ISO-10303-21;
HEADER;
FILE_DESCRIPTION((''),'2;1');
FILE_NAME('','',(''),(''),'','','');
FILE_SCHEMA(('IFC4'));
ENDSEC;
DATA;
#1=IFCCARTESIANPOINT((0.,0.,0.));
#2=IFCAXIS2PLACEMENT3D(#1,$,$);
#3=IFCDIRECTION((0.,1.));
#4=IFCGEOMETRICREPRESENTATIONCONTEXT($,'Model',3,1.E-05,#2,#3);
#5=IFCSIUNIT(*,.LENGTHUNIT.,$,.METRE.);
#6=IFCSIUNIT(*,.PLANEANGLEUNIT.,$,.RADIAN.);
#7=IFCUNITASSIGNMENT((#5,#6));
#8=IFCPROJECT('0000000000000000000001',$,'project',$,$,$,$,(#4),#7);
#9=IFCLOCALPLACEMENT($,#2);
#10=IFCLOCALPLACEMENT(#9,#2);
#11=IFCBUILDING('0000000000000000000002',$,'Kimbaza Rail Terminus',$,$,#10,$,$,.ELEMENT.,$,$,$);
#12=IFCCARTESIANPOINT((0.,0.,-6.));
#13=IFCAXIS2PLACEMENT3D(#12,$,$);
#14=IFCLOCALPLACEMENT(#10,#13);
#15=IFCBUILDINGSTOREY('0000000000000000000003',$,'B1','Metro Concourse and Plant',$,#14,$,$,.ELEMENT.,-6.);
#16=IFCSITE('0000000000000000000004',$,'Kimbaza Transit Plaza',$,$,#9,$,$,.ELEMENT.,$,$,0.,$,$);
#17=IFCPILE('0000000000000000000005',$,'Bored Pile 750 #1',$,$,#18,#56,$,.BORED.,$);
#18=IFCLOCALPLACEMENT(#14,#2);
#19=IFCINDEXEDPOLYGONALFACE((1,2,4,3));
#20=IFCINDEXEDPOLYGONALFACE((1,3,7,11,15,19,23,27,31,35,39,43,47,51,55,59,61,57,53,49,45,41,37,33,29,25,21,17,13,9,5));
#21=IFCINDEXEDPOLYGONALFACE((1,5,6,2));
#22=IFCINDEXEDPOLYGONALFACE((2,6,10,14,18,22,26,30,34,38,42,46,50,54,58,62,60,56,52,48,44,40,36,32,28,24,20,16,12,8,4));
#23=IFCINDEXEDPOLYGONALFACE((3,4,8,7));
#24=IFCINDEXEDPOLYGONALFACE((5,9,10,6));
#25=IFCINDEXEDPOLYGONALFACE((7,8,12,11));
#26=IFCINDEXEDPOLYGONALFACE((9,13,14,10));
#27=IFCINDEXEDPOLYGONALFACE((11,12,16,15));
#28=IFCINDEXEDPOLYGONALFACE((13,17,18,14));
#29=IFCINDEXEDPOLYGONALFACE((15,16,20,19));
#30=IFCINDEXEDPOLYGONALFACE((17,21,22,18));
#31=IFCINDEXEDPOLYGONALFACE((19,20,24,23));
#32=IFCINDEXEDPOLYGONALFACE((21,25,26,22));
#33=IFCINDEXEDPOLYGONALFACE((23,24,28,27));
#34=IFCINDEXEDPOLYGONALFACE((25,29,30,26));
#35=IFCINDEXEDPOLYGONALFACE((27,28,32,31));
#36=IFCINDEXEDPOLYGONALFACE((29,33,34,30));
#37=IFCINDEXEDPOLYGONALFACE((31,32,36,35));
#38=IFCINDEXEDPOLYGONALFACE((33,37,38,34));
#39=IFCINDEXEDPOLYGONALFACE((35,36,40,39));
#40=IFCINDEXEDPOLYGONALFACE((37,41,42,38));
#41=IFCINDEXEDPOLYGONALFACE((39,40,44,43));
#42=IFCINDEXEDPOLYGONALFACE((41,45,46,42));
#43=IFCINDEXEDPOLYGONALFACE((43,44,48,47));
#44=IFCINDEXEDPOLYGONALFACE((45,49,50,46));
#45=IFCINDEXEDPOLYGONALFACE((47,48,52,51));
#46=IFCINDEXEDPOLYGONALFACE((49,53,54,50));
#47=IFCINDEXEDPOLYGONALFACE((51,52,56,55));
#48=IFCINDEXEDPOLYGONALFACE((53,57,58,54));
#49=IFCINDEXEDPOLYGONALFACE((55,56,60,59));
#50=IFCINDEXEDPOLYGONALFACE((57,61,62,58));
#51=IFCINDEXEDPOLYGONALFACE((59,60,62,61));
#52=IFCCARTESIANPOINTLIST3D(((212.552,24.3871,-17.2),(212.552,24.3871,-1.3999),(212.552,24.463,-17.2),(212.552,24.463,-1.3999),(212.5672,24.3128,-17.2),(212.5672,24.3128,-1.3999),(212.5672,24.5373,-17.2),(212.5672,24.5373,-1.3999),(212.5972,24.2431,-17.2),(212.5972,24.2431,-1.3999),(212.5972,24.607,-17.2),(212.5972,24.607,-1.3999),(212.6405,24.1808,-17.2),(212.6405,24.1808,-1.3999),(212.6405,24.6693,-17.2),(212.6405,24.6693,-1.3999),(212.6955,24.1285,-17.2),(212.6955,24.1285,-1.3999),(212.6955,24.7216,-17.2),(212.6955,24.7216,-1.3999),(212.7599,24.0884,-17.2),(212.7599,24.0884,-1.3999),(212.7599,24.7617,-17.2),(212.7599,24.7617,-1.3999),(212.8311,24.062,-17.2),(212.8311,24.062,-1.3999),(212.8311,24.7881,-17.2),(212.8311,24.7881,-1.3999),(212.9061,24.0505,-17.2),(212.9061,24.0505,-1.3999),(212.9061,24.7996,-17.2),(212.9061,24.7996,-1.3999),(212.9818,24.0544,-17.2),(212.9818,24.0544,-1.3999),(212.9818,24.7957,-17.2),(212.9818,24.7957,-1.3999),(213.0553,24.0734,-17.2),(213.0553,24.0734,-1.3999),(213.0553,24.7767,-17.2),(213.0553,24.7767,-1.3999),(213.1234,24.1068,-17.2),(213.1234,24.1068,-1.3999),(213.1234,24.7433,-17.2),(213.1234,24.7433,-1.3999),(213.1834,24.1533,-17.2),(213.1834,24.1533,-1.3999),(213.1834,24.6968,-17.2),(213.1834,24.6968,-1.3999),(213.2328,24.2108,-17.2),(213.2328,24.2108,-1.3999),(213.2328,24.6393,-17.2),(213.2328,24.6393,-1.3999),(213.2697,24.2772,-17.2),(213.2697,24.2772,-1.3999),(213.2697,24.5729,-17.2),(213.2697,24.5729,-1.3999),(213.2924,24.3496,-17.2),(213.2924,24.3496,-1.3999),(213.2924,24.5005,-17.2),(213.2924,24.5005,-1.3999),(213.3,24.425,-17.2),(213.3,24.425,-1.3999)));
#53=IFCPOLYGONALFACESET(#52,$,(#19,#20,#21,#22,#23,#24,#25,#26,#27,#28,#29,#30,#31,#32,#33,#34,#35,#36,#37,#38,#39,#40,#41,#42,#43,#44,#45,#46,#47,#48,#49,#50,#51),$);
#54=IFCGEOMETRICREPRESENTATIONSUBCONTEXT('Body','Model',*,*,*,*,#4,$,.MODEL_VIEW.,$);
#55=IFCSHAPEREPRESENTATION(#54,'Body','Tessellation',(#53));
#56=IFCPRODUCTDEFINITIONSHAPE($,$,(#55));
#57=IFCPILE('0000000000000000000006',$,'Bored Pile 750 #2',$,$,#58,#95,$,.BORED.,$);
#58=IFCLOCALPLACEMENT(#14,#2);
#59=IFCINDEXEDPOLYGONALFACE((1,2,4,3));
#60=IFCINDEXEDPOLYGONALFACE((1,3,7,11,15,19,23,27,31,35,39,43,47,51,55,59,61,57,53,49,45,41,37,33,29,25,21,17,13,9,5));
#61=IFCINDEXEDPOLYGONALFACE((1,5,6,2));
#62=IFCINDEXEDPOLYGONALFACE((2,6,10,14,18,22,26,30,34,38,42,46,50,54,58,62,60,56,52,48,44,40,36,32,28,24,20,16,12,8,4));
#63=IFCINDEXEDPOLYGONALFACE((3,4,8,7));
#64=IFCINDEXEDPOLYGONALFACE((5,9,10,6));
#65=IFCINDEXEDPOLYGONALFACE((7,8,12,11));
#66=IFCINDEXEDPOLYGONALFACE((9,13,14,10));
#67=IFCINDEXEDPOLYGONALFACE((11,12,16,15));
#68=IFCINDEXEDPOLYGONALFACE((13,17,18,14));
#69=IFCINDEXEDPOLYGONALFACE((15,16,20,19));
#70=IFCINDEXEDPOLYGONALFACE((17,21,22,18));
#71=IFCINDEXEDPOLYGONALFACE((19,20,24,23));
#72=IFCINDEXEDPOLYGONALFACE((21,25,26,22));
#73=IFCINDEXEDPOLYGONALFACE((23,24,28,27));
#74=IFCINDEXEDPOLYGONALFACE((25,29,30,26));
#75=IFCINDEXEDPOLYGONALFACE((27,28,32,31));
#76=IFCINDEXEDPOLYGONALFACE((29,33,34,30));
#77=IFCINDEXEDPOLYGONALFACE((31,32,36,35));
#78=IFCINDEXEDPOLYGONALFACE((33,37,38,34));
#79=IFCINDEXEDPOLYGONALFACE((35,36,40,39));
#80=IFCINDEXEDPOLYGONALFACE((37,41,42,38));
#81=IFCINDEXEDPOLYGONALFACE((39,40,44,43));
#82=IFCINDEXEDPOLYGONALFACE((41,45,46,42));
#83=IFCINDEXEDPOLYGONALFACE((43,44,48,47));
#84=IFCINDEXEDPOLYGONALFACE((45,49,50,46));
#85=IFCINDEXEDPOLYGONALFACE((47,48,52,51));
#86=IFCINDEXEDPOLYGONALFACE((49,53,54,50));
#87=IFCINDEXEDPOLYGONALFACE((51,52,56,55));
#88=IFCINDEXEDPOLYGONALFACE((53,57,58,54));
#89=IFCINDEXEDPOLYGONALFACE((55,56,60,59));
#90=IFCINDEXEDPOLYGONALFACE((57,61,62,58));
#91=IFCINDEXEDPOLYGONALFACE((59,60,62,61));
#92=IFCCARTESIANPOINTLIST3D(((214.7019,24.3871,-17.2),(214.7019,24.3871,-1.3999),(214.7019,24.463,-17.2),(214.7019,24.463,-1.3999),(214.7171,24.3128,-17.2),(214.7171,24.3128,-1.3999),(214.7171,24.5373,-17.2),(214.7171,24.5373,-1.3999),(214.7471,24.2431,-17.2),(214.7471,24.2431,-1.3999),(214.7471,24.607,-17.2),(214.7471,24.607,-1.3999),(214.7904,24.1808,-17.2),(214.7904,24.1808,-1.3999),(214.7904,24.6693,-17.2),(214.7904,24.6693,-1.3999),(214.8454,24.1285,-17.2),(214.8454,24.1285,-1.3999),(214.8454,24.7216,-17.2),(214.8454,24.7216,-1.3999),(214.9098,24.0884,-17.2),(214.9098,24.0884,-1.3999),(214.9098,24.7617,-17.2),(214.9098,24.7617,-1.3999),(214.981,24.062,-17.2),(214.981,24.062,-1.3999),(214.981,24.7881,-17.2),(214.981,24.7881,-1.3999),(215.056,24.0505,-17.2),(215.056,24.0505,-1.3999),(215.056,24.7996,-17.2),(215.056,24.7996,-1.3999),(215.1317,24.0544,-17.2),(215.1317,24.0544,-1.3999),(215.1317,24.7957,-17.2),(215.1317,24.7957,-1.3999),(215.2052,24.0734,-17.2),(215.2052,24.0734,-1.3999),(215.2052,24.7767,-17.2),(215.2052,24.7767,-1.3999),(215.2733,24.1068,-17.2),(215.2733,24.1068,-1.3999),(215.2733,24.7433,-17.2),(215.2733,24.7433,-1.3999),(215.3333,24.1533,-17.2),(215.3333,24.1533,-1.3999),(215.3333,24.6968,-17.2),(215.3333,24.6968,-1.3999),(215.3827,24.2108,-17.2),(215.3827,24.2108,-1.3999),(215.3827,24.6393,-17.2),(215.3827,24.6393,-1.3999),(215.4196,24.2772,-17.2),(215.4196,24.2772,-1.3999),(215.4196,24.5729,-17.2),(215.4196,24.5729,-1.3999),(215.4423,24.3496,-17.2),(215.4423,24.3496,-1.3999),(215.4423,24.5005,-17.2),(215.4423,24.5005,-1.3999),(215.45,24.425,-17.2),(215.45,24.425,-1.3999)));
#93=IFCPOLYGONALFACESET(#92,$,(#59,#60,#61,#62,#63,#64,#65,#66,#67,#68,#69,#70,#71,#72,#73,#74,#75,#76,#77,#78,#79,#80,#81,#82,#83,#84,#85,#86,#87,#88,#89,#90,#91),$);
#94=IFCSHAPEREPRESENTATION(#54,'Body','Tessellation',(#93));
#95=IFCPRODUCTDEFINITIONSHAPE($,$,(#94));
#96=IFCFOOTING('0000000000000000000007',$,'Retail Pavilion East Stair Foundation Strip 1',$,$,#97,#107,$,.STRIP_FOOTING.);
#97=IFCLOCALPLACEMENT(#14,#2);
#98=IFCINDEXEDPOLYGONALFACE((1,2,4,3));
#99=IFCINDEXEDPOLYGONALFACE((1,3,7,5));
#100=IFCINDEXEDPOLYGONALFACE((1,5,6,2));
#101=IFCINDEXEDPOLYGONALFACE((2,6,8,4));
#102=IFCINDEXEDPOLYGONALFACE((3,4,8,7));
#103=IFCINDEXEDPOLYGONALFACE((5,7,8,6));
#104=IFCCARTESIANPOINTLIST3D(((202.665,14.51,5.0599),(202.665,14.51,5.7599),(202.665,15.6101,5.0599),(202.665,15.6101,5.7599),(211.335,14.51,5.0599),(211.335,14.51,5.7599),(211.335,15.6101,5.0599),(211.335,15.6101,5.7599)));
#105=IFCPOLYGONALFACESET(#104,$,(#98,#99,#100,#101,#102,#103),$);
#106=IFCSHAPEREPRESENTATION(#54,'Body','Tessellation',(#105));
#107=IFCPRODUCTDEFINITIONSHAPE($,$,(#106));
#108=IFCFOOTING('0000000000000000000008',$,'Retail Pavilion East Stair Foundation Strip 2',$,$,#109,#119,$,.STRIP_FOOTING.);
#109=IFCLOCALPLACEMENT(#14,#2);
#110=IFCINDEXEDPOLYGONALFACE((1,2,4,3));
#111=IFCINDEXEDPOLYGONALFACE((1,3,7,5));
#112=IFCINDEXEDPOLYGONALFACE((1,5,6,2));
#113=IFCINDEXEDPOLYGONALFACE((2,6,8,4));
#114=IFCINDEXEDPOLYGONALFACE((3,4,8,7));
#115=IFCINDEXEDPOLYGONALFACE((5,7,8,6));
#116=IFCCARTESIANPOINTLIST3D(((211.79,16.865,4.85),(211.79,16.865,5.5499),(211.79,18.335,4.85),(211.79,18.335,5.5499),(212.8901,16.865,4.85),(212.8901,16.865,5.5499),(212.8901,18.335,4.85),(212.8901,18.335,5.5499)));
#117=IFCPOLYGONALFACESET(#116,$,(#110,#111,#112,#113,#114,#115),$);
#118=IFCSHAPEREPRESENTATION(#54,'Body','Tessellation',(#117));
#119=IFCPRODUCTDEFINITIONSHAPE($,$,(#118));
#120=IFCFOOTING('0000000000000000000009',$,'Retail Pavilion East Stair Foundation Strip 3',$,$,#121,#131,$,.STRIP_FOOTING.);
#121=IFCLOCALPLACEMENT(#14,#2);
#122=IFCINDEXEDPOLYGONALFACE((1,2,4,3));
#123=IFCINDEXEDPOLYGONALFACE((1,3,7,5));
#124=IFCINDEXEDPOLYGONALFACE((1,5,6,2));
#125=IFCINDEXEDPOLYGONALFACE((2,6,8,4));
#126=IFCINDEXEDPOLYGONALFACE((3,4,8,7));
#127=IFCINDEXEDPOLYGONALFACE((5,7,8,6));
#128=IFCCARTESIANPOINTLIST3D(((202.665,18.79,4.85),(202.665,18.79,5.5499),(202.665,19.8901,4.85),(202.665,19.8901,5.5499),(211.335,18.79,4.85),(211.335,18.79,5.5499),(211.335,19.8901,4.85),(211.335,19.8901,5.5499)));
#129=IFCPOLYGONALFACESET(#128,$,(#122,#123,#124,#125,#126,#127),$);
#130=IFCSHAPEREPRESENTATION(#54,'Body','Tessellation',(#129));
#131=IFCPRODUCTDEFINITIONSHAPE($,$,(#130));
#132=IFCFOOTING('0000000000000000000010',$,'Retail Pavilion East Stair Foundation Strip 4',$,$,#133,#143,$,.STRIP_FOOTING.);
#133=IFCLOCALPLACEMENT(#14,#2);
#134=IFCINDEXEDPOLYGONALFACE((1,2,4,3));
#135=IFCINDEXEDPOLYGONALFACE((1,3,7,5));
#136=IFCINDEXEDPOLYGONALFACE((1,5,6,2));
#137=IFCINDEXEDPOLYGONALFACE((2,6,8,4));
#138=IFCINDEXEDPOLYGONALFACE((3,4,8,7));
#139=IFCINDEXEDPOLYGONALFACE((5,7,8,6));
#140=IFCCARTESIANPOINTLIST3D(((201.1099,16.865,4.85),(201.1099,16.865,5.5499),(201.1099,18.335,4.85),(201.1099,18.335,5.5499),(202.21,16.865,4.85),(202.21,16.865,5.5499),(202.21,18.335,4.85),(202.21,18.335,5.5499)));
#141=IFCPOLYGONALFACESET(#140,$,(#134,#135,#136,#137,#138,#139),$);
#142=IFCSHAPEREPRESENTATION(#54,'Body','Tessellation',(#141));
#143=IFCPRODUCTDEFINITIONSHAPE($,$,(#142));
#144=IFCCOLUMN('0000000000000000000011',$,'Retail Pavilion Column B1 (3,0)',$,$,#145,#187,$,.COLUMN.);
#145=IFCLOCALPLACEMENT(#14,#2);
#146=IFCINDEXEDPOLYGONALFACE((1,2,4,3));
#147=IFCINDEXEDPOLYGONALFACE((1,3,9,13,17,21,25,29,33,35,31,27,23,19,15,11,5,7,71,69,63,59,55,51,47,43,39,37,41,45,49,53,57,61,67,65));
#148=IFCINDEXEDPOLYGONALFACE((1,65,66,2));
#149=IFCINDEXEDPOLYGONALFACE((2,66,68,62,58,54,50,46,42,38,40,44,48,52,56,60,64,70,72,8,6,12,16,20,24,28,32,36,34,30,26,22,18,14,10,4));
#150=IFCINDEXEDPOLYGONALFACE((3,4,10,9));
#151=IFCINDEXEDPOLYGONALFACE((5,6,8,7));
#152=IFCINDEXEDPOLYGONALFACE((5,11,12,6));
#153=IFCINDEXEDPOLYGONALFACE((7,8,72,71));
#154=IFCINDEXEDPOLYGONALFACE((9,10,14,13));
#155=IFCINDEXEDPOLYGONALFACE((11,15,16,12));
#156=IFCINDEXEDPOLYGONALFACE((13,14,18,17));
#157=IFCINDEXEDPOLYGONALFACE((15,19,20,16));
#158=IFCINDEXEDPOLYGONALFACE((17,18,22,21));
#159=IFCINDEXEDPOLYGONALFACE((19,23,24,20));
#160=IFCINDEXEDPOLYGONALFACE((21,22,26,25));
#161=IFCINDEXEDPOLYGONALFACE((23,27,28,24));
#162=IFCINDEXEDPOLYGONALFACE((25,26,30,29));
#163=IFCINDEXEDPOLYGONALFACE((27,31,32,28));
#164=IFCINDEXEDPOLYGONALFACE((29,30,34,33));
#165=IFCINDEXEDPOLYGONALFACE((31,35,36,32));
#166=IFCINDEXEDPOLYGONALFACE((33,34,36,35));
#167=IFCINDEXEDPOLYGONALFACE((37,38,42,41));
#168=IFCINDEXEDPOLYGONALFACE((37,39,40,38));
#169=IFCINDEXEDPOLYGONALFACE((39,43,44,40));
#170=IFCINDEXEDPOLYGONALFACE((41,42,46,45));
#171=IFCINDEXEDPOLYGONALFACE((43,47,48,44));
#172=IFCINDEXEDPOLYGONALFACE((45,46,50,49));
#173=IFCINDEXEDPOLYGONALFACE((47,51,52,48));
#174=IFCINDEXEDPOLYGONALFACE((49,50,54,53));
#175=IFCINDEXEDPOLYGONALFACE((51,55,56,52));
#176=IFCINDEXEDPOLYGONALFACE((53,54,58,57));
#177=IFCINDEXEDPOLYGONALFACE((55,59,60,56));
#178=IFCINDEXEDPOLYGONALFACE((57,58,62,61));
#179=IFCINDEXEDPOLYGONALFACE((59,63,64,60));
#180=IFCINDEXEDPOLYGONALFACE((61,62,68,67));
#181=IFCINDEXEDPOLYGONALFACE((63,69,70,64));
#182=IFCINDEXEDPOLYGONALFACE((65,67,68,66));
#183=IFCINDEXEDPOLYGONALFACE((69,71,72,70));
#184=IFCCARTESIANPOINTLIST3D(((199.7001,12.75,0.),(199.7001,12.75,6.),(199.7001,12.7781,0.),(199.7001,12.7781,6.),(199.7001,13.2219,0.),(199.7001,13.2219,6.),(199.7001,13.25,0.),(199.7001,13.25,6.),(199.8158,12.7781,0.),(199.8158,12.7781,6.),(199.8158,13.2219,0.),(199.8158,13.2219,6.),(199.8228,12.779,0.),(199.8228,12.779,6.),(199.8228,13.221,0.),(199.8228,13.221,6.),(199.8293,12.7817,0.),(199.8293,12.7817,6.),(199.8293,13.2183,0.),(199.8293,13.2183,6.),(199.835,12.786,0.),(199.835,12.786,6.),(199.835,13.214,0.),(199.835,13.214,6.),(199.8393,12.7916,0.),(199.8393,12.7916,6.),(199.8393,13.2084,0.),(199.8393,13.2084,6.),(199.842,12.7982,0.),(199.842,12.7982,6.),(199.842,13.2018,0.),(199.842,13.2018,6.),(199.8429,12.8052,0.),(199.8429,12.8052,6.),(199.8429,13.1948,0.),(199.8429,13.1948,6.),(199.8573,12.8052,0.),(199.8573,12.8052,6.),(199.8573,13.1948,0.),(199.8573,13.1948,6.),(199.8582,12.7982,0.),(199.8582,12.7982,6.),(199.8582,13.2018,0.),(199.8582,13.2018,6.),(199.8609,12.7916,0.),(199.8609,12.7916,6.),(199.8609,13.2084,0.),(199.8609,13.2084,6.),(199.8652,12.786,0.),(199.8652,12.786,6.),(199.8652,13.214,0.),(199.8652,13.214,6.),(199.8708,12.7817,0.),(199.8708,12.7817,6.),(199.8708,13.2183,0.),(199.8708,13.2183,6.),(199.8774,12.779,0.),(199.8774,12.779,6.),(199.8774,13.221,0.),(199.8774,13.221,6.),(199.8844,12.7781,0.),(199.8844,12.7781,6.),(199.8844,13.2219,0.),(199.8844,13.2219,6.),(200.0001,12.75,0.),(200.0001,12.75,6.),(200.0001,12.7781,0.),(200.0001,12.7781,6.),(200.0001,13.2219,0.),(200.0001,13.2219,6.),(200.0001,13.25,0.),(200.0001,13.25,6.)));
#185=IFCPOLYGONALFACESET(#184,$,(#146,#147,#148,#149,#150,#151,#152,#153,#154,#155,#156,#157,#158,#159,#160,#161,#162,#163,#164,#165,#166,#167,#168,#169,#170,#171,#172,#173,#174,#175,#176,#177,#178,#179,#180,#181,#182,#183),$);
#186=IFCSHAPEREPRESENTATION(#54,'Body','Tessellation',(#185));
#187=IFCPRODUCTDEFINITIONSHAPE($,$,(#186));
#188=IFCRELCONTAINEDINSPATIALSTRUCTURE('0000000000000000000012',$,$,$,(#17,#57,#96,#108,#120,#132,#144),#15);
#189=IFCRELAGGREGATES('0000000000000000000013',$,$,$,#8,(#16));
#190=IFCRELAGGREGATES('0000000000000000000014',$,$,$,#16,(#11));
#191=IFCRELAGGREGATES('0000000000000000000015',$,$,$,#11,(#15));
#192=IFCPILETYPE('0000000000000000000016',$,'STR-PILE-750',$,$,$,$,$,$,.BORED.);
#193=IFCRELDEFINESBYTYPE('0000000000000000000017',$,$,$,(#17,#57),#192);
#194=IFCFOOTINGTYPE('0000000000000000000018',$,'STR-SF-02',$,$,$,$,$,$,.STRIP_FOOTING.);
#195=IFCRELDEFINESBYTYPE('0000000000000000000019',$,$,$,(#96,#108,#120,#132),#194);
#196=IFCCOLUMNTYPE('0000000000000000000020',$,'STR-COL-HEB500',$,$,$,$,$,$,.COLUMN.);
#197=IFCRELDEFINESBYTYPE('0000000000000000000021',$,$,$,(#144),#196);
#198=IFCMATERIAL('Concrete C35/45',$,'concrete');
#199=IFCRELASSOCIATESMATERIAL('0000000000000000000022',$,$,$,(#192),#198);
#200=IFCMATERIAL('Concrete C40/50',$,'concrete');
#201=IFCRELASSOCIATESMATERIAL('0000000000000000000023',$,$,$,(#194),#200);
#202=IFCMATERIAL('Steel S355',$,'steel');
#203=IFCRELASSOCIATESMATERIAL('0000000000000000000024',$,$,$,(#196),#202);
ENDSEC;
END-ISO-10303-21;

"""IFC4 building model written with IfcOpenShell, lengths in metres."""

from ifc_helpers import new_model, si_unit, direction, frame, origin, origin_2d, place, context, subcontext, project, spatial, rectangle, circle, i_section, extrude, material, material_profile, profile_set, type_object, element, save


model = new_model("IFC4")

# Units and contexts
model_context = context("Model", 3, precision=1e-05, world=origin(), true_north=direction((0.0, 1.0)))
body_context = subcontext(model_context, "Body", "Model", "MODEL_VIEW")
ifc_project = project(units=[si_unit("LENGTHUNIT", "METRE"), si_unit("PLANEANGLEUNIT", "RADIAN")], contexts=[model_context])

# Site, building, storey
site_placement = place(None, origin())
site = spatial("IfcSite", under=ifc_project, at=site_placement, Name="Kimbaza Transit Plaza", CompositionType="ELEMENT", RefElevation=0.0)
building_placement = place(site_placement, origin())
building = spatial("IfcBuilding", under=site, at=building_placement, Name="Kimbaza Rail Terminus", CompositionType="ELEMENT")
storey_placement = place(building_placement, frame((0.0, 0.0, -6.0)))
storey = spatial("IfcBuildingStorey", under=building, at=storey_placement, Name="B1", Description="Metro Concourse and Plant", CompositionType="ELEMENT", Elevation=-6.0)

# Piles
ifc_material_1 = material(Name="Concrete C35/45", Category="concrete")
ifc_material_profile_1 = material_profile(ifc_material_1, circle(Radius=0.375, at=origin_2d()), Name="BORED PILE 750")
ifc_profile_set_1 = profile_set([ifc_material_profile_1], Name="Concrete C35/45")
pile_type = type_object("IfcPileType", Name="STR-PILE-750", PredefinedType="BORED", material=ifc_profile_set_1)
for number, where, z_axis, x_axis, name in (
    (1, (212.925, 24.425, -1.3999), (0.0, 0.0, -1.0), (1.0, 0.0, 0.0), "Bored Pile 750 #1"),
    (2, (215.075, 24.425, -1.3999), (0.0, 0.0, -1.0), (1.0, 0.0, 0.0), "Bored Pile 750 #2"),
):
    element("IfcPile", number, at=place(storey_placement, frame(where, z_axis=z_axis, x_axis=x_axis)), inside=storey, type_object=pile_type, Name=name, PredefinedType="BORED", context=body_context, shape_type="SweptSolid", body=[
        extrude(circle(Radius=0.375, at=origin_2d()), origin(), (0.0, 0.0, 1.0), 15.8),
    ])

# Footings
ifc_material_2 = material(Name="Concrete C40/50", Category="concrete")
ifc_material_profile_2 = material_profile(ifc_material_2, rectangle(XDim=1.1001, YDim=0.7, at=origin_2d()), Name="SF-02 1100x700")
ifc_profile_set_2 = profile_set([ifc_material_profile_2], Name="Concrete C40/50")
footing_type_1 = type_object("IfcFootingType", Name="STR-SF-02", PredefinedType="STRIP_FOOTING", material=ifc_profile_set_2)
footing_1_placement = place(storey_placement, frame((202.665, 15.0601, 5.4099), z_axis=(1.0, 0.0, 0.0), x_axis=(0.0, 1.0, 0.0)))
element("IfcFooting", 3, at=footing_1_placement, inside=storey, type_object=footing_type_1, Name="Retail Pavilion East Stair Foundation Strip 1", PredefinedType="STRIP_FOOTING", context=body_context, shape_type="SweptSolid", body=[
    extrude(rectangle(XDim=1.1001, YDim=0.7, at=origin_2d()), origin(), (0.0, 0.0, 1.0), 8.6699),
])
footing_2_placement = place(storey_placement, frame((212.3401, 16.865, 5.2), z_axis=(0.0, 1.0, 0.0), x_axis=(-1.0, 0.0, 0.0)))
element("IfcFooting", 4, at=footing_2_placement, inside=storey, type_object=footing_type_1, Name="Retail Pavilion East Stair Foundation Strip 2", PredefinedType="STRIP_FOOTING", context=body_context, shape_type="SweptSolid", body=[
    extrude(rectangle(XDim=1.1001, YDim=0.7, at=origin_2d()), origin(), (0.0, 0.0, 1.0), 1.47),
])
footing_3_placement = place(storey_placement, frame((211.335, 19.3401, 5.2), z_axis=(-1.0, 0.0, 0.0), x_axis=(0.0, -1.0, 0.0)))
element("IfcFooting", 5, at=footing_3_placement, inside=storey, type_object=footing_type_1, Name="Retail Pavilion East Stair Foundation Strip 3", PredefinedType="STRIP_FOOTING", context=body_context, shape_type="SweptSolid", body=[
    extrude(rectangle(XDim=1.1001, YDim=0.7, at=origin_2d()), origin(), (0.0, 0.0, 1.0), 8.6699),
])
footing_4_placement = place(storey_placement, frame((201.6599, 18.335, 5.2), z_axis=(0.0, -1.0, 0.0), x_axis=(1.0, 0.0, 0.0)))
element("IfcFooting", 6, at=footing_4_placement, inside=storey, type_object=footing_type_1, Name="Retail Pavilion East Stair Foundation Strip 4", PredefinedType="STRIP_FOOTING", context=body_context, shape_type="SweptSolid", body=[
    extrude(rectangle(XDim=1.1001, YDim=0.7, at=origin_2d()), origin(), (0.0, 0.0, 1.0), 1.47),
])

# Column
ifc_material_3 = material(Name="Steel S355", Category="steel")
ifc_material_profile_3 = material_profile(ifc_material_3, i_section(OverallWidth=0.3, OverallDepth=0.5, WebThickness=0.0144, FlangeThickness=0.0281, FilletRadius=0.0271, at=origin_2d()), Name="HEB 500")
ifc_profile_set_3 = profile_set([ifc_material_profile_3], Name="Steel S355")
column_type = type_object("IfcColumnType", Name="STR-COL-HEB500", PredefinedType="COLUMN", material=ifc_profile_set_3)
for number, where, z_axis, x_axis, name in (
    (7, (199.8501, 13.0, 0.0), (0.0, 0.0, 1.0), (1.0, 0.0, 0.0), "Retail Pavilion Column B1 (3,0)"),
):
    element("IfcColumn", number, at=place(storey_placement, frame(where, z_axis=z_axis, x_axis=x_axis)), inside=storey, type_object=column_type, Name=name, PredefinedType="COLUMN", context=body_context, shape_type="SweptSolid", body=[
        extrude(i_section(OverallWidth=0.3, OverallDepth=0.5, WebThickness=0.0144, FlangeThickness=0.0281, FilletRadius=0.0271, at=origin_2d()), origin(), (0.0, 0.0, 1.0), 6.0),
    ])

save(model, "model.ifc")
